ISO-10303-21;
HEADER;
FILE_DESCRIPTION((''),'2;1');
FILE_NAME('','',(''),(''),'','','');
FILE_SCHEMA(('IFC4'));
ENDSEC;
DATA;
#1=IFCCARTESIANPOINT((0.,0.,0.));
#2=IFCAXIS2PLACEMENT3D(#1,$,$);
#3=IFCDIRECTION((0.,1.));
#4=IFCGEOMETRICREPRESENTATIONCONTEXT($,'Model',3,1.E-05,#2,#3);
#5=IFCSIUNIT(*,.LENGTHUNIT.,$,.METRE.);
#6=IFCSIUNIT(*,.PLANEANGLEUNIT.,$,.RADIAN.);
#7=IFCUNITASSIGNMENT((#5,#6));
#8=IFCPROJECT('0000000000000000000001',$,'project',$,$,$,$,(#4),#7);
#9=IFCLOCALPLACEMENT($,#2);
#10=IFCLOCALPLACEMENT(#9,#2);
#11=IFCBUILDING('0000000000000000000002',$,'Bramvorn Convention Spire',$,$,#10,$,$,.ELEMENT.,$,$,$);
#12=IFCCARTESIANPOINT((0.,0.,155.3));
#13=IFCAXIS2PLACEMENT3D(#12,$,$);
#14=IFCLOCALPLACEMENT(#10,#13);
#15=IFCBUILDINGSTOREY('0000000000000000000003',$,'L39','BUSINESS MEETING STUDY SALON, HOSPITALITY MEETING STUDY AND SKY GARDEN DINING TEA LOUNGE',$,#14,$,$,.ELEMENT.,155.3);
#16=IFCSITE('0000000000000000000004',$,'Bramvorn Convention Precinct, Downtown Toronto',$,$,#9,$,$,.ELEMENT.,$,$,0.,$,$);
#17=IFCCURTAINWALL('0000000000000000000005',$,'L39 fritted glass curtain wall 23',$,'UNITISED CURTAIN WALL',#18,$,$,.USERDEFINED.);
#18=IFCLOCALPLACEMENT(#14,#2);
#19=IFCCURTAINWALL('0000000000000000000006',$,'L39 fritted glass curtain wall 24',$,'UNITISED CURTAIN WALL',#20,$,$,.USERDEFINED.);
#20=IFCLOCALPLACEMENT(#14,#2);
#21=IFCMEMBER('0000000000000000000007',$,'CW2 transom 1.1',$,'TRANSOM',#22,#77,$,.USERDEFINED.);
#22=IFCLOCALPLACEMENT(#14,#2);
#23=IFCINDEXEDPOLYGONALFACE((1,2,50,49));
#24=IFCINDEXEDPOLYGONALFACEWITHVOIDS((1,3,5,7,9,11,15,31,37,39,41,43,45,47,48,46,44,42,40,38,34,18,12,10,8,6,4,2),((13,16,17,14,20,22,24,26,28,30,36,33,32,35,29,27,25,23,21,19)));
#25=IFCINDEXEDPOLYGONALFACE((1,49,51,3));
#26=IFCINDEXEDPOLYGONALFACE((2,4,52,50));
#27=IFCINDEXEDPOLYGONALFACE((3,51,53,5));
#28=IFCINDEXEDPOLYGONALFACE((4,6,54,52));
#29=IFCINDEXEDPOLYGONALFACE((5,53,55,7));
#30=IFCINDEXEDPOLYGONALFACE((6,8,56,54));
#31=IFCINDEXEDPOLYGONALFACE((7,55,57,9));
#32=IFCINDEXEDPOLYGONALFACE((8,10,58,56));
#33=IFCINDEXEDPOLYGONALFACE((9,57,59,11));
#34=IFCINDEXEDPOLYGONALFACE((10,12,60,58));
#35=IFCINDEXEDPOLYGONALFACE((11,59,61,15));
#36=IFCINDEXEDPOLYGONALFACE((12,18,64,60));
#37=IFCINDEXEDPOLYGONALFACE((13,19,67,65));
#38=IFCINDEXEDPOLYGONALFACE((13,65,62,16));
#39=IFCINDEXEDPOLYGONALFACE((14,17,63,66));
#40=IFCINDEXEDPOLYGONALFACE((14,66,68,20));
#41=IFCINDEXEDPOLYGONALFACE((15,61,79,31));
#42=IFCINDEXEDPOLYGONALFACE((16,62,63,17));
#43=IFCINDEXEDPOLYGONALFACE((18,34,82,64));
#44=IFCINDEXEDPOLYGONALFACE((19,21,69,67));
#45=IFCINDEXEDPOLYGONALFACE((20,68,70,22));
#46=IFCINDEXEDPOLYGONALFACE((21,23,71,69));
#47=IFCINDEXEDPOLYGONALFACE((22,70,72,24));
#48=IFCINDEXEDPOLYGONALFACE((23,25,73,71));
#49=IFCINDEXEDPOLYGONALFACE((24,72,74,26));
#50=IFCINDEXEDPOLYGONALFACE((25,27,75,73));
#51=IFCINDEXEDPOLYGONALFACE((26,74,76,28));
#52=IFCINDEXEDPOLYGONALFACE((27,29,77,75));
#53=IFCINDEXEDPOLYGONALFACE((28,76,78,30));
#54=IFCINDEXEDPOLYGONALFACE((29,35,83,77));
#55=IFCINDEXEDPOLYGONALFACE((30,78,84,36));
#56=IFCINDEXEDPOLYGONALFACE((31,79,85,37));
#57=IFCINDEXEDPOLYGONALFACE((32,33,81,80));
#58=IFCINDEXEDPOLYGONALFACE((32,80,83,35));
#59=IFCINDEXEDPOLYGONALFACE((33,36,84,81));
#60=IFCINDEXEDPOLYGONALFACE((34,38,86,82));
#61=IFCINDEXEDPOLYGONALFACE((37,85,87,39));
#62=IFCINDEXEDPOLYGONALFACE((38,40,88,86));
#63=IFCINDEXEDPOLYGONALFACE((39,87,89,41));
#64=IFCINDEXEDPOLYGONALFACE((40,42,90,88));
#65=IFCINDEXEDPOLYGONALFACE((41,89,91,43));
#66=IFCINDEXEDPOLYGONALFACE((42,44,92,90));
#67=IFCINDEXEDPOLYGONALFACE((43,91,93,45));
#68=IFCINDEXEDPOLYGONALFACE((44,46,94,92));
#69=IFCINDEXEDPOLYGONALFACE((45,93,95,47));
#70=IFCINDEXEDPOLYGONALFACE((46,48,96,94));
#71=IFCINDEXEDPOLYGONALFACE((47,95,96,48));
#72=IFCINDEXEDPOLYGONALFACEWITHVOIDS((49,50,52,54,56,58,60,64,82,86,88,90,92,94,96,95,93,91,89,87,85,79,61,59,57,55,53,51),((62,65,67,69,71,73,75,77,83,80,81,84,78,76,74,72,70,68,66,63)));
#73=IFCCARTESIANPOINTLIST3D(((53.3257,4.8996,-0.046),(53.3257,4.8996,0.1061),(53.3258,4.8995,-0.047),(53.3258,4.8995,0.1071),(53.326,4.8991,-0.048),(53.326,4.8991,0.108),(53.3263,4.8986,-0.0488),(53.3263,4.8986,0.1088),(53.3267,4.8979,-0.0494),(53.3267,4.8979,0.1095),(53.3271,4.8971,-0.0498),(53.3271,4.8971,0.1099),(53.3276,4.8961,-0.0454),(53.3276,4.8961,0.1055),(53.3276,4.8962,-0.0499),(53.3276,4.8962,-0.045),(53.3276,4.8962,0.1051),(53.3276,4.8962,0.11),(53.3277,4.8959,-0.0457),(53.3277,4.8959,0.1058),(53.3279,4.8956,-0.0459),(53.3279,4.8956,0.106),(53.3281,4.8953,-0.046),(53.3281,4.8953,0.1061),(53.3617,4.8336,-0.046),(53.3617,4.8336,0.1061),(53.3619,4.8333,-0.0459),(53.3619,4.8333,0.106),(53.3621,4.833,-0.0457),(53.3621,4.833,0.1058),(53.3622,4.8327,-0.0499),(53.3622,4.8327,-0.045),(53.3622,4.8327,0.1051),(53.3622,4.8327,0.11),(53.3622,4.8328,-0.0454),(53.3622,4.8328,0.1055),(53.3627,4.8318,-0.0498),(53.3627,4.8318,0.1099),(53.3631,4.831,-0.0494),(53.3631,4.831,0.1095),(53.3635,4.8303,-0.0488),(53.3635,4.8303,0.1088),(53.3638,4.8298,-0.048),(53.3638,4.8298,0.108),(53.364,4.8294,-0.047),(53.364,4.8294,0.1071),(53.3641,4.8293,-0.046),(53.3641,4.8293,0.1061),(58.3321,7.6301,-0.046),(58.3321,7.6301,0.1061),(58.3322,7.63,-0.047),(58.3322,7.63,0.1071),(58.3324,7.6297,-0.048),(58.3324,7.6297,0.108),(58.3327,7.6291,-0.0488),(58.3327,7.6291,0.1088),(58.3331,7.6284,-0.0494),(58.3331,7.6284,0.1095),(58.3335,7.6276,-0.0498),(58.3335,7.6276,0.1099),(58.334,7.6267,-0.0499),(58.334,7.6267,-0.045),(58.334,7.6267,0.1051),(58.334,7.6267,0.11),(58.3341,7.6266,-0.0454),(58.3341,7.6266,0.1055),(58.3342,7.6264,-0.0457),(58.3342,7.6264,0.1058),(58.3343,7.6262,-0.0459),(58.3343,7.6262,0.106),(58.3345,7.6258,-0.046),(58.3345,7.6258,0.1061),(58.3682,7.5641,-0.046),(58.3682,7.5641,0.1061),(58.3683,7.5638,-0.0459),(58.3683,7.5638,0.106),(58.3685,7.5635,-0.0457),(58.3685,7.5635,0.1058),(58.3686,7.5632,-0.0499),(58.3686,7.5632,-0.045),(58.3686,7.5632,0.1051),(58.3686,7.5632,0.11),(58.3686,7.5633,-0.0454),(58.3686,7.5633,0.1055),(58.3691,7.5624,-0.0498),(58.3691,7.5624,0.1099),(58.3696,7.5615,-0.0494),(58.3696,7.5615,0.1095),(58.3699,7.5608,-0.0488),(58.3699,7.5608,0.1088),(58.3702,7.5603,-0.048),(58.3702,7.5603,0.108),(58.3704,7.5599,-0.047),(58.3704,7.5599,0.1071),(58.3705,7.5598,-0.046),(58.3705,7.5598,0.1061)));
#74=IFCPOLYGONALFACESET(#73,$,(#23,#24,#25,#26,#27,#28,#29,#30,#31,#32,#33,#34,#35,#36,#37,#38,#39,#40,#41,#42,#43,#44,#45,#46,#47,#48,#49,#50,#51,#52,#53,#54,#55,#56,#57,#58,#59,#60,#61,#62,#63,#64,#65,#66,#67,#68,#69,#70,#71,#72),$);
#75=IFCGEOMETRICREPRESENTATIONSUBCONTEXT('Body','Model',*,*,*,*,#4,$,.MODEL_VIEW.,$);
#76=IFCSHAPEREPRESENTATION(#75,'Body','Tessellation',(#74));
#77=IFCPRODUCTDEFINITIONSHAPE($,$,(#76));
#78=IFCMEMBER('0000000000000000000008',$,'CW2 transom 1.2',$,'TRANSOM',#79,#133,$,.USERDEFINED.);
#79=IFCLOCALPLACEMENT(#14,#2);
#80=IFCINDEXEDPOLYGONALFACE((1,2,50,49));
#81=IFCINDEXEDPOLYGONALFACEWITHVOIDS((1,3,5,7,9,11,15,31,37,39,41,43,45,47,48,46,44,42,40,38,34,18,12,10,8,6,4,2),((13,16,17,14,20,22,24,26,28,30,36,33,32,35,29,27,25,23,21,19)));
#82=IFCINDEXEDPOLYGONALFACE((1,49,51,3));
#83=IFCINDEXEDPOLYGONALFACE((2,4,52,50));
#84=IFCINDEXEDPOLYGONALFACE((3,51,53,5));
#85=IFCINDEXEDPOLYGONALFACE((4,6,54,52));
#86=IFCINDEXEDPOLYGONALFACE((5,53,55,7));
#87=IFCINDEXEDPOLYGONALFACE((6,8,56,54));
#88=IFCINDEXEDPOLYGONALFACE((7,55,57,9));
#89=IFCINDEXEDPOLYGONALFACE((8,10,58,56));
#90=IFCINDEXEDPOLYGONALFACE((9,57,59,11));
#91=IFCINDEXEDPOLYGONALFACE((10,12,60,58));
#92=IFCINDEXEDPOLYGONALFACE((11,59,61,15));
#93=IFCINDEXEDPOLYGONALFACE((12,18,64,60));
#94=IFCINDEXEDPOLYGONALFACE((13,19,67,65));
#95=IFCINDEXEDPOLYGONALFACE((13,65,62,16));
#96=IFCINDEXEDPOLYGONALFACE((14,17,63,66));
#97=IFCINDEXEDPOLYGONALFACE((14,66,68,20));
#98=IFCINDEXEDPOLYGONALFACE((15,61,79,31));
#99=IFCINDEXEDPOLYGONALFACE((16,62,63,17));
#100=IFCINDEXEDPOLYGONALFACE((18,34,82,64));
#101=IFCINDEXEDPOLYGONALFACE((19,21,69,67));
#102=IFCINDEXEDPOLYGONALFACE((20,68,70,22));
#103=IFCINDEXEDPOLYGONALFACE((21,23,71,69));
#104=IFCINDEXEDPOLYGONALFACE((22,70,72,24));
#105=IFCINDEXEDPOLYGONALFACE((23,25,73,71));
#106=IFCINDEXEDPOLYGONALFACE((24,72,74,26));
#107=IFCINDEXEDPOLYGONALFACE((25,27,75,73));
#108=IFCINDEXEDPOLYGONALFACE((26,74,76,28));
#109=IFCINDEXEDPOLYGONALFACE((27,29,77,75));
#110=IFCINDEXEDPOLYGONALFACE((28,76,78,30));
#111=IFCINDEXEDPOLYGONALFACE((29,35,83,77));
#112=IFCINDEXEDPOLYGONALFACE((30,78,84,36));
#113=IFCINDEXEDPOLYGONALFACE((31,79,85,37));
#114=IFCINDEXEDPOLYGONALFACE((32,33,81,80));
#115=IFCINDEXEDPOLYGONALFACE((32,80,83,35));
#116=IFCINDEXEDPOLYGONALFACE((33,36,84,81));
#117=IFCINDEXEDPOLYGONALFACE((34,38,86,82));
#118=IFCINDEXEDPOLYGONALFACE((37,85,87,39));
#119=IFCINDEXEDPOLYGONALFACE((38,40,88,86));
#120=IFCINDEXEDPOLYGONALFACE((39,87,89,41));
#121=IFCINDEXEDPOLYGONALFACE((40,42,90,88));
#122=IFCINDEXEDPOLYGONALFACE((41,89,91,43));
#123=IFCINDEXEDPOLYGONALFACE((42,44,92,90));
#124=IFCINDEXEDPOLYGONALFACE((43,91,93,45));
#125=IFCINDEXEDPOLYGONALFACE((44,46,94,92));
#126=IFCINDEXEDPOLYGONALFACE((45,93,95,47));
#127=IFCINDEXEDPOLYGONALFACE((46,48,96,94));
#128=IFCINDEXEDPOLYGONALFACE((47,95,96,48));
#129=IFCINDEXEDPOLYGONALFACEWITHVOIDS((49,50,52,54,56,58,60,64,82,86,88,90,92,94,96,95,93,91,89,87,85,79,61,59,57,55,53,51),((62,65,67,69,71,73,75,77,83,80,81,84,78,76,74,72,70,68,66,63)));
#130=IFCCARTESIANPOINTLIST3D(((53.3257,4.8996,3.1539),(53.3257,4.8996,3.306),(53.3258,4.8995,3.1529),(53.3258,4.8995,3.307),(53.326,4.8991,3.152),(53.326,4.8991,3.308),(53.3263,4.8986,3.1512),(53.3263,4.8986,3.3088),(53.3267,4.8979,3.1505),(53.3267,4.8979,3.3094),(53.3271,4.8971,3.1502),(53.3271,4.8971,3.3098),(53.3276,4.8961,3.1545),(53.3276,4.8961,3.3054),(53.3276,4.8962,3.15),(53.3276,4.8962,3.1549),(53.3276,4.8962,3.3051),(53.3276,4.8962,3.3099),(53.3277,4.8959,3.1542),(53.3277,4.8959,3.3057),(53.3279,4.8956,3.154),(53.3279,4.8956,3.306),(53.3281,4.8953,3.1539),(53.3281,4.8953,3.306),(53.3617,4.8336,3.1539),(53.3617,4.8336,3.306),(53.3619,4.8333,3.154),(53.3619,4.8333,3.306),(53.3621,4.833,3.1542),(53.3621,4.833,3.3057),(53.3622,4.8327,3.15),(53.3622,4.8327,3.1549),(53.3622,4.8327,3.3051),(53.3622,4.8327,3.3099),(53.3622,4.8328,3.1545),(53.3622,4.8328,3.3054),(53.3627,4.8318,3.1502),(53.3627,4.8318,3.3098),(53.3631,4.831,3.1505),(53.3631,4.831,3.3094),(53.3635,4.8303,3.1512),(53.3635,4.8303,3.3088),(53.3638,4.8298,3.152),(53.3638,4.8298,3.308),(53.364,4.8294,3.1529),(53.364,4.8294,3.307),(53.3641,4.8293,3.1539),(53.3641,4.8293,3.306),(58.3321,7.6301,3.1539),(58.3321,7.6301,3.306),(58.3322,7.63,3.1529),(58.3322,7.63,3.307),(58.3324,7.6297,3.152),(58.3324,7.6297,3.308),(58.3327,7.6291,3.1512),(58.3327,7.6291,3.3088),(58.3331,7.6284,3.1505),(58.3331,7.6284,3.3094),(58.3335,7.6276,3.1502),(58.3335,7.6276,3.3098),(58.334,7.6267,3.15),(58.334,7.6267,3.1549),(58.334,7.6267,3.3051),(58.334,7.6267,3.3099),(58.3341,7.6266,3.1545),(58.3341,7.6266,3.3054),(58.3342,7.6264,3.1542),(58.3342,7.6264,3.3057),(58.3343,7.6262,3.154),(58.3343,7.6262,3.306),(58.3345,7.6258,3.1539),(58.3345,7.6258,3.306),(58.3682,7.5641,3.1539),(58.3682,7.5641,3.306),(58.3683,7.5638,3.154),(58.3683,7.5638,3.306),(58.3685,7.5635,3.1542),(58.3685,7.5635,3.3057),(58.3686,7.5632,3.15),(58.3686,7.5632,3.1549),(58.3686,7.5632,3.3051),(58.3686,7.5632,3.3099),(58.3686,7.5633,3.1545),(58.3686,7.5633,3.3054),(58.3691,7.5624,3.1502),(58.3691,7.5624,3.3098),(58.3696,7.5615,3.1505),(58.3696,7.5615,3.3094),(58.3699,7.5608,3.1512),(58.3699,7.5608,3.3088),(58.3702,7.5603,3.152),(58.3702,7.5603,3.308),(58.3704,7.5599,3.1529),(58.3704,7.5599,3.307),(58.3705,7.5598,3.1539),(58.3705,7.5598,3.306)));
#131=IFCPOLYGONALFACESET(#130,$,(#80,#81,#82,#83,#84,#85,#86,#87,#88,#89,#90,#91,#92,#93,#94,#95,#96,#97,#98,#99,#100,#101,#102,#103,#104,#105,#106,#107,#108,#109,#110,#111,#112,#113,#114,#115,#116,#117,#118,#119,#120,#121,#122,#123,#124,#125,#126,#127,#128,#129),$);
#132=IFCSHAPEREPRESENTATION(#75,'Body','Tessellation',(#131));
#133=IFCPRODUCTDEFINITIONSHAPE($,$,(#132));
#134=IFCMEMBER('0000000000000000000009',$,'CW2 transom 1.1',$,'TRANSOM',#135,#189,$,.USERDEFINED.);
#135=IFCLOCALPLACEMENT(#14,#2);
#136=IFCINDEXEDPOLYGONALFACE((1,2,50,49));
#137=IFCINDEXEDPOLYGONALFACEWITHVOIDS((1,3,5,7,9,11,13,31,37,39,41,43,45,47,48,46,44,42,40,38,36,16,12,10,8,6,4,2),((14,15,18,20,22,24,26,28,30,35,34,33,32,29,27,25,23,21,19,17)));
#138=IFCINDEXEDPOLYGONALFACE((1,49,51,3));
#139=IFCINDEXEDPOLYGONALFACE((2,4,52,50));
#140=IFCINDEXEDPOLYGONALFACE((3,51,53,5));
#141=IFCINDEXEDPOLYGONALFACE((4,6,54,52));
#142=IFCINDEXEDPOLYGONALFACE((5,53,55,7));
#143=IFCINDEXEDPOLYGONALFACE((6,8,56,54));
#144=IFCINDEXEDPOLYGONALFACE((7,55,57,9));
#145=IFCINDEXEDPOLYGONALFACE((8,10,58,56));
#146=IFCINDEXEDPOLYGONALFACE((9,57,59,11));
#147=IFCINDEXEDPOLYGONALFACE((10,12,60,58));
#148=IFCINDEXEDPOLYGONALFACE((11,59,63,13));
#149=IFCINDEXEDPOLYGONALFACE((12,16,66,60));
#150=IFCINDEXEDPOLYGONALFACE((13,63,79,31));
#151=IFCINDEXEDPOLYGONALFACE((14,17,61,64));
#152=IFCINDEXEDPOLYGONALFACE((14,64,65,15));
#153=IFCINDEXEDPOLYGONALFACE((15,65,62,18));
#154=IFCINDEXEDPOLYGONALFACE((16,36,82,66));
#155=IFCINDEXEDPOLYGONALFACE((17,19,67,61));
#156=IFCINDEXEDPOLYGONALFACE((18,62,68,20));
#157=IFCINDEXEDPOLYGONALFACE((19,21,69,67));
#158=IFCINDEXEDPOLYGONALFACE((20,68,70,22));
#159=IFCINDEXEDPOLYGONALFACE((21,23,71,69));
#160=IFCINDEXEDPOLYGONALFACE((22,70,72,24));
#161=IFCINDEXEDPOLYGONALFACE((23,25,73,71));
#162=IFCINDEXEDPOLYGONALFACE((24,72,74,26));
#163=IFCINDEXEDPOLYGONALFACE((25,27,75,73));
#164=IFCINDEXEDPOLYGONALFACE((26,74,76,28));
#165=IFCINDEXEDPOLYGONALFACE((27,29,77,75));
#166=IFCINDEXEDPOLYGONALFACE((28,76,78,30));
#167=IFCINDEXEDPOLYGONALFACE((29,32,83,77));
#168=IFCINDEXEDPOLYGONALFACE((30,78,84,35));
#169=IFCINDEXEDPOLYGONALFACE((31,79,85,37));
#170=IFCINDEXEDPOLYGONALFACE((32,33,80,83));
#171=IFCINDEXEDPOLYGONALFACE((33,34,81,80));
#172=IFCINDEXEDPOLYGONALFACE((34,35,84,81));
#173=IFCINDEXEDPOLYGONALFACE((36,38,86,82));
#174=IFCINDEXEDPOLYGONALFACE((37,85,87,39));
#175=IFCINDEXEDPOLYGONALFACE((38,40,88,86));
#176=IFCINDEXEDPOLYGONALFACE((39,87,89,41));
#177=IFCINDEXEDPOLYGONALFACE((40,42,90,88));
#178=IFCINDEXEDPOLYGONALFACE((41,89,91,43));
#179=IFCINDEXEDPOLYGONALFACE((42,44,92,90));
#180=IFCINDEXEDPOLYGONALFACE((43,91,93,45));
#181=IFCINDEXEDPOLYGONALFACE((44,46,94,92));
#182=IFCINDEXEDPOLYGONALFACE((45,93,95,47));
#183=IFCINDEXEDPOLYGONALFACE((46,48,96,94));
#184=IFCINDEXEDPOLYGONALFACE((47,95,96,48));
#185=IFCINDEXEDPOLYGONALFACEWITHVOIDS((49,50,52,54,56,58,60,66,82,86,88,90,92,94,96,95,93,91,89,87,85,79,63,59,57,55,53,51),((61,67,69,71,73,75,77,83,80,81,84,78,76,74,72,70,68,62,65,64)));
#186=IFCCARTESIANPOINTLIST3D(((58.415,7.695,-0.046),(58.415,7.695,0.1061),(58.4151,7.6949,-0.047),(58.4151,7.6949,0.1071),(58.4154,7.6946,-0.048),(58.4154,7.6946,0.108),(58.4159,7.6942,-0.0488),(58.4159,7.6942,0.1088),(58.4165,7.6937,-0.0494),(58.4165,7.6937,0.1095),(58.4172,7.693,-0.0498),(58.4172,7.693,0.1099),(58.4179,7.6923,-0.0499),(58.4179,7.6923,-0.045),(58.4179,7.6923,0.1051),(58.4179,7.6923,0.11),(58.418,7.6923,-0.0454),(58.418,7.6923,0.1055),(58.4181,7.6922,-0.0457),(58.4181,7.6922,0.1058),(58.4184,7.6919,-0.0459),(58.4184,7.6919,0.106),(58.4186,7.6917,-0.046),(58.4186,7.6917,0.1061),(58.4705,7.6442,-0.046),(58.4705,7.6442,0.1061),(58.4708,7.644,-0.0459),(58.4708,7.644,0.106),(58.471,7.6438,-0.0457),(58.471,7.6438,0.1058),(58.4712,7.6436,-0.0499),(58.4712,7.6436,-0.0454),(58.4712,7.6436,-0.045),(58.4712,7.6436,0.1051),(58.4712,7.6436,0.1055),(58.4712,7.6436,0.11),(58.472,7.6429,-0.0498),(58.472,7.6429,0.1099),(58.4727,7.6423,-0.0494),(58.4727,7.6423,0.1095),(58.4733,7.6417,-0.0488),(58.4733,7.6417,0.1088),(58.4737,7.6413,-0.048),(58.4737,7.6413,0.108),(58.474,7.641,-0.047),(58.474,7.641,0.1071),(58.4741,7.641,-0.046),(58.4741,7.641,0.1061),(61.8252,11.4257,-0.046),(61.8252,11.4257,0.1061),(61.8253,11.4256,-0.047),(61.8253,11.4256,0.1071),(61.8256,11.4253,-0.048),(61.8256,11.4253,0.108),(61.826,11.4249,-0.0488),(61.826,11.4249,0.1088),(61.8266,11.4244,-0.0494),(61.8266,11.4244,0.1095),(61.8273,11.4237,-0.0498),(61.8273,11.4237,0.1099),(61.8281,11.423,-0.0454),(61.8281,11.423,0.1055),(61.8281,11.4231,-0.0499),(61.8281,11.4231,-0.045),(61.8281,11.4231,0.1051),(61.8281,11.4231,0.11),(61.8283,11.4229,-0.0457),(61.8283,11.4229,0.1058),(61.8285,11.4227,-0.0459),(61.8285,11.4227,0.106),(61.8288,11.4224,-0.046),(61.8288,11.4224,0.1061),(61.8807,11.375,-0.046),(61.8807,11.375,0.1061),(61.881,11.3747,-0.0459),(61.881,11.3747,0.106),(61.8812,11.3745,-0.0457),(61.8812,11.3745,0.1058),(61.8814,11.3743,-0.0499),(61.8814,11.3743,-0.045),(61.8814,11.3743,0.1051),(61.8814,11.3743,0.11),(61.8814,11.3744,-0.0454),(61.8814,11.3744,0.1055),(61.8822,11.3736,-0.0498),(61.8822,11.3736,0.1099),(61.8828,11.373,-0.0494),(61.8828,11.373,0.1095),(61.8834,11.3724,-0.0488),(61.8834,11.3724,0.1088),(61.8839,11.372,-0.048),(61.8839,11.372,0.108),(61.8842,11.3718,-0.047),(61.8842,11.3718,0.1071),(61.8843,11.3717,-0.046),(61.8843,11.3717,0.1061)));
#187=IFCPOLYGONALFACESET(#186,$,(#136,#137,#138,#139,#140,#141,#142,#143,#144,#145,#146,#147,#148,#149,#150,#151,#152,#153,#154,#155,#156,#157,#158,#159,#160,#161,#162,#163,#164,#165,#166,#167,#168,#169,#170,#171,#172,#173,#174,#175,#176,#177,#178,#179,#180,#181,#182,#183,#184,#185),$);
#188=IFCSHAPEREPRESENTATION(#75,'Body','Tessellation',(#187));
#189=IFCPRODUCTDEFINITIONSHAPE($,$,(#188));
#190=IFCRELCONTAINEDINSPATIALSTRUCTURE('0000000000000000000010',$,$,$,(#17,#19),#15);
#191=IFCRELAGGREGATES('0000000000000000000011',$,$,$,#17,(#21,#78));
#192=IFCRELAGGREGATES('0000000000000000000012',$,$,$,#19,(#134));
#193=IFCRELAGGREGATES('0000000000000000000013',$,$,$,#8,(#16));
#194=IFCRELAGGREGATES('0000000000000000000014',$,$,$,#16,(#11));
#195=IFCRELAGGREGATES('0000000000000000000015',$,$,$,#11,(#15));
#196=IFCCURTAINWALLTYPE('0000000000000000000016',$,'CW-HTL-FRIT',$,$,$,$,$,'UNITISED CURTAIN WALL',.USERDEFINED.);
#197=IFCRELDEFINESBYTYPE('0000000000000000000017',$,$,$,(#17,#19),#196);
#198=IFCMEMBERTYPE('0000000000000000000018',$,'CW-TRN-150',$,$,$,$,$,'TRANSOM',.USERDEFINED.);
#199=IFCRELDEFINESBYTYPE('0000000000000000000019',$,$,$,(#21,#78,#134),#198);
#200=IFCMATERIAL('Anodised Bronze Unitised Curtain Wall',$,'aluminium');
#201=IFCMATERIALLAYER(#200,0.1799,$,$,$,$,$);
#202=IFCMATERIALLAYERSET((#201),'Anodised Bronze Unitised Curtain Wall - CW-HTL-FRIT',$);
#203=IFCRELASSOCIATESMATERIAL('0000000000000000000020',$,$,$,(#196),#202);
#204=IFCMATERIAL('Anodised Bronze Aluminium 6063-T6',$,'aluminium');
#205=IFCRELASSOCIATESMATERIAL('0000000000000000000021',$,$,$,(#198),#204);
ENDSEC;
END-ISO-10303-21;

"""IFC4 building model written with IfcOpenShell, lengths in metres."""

from ifc_helpers import new_model, si_unit, direction, frame, origin, origin_2d, place, context, subcontext, project, spatial, hollow_rectangle, extrude, material, layer, layer_set, material_profile, profile_set, type_object, element, aggregate, save


model = new_model("IFC4")

# Units and contexts
model_context = context("Model", 3, precision=1e-05, world=origin(), true_north=direction((0.0, 1.0)))
body_context = subcontext(model_context, "Body", "Model", "MODEL_VIEW")
ifc_project = project(units=[si_unit("LENGTHUNIT", "METRE"), si_unit("PLANEANGLEUNIT", "RADIAN")], contexts=[model_context])

# Site, building, storey
site_placement = place(None, origin())
site = spatial("IfcSite", under=ifc_project, at=site_placement, Name="Bramvorn Convention Precinct, Downtown Toronto", CompositionType="ELEMENT", RefElevation=0.0)
building_placement = place(site_placement, origin())
building = spatial("IfcBuilding", under=site, at=building_placement, Name="Bramvorn Convention Spire", CompositionType="ELEMENT")
storey_placement = place(building_placement, frame((0.0, 0.0, 155.3)))
storey = spatial("IfcBuildingStorey", under=building, at=storey_placement, Name="L39", Description="BUSINESS MEETING STUDY SALON, HOSPITALITY MEETING STUDY AND SKY GARDEN DINING TEA LOUNGE", CompositionType="ELEMENT", Elevation=155.3)

# Curtain walls
ifc_material_1 = material(Name="Anodised Bronze Unitised Curtain Wall", Category="aluminium")
ifc_layer_1 = layer(ifc_material_1, 0.1799)
ifc_layer_set_1 = layer_set([ifc_layer_1], Name="Anodised Bronze Unitised Curtain Wall - CW-HTL-FRIT")
curtain_wall_type = type_object("IfcCurtainWallType", Name="CW-HTL-FRIT", ElementType="UNITISED CURTAIN WALL", PredefinedType="USERDEFINED", material=ifc_layer_set_1)
curtain_wall_1_placement = place(storey_placement, origin())
curtain_wall_1 = element("IfcCurtainWall", 1, at=curtain_wall_1_placement, inside=storey, type_object=curtain_wall_type, Name="L39 fritted glass curtain wall 23", ObjectType="UNITISED CURTAIN WALL", PredefinedType="USERDEFINED")
ifc_material_2 = material(Name="Anodised Bronze Aluminium 6063-T6", Category="aluminium")
curtain_wall_2_placement = place(storey_placement, origin())
curtain_wall_2 = element("IfcCurtainWall", 2, at=curtain_wall_2_placement, inside=storey, type_object=curtain_wall_type, Name="L39 fritted glass curtain wall 24", ObjectType="UNITISED CURTAIN WALL", PredefinedType="USERDEFINED")

# Members
ifc_material_profile_1 = material_profile(ifc_material_2, hollow_rectangle(XDim=0.0801, YDim=0.1599, WallThickness=0.0039, InnerFilletRadius=0.001, OuterFilletRadius=0.0039, at=origin_2d()))
ifc_profile_set_1 = profile_set([ifc_material_profile_1], Name="Anodised Bronze Aluminium 6063-T6 - CWT80X160")
member_type_1 = type_object("IfcMemberType", Name="CW-TRN-150", ElementType="TRANSOM", PredefinedType="USERDEFINED", material=ifc_profile_set_1)
member_1_placement = place(storey_placement, frame((58.3513, 7.595, 0.03), z_axis=(-0.877915, -0.478816, 0.0), x_axis=(0.478816, -0.877915, 0.0)))
member_1 = element("IfcMember", 3, at=member_1_placement, type_object=member_type_1, Name="CW2 transom 1.1", ObjectType="TRANSOM", PredefinedType="USERDEFINED", context=body_context, shape_type="SweptSolid", body=[
    extrude(hollow_rectangle(XDim=0.0801, YDim=0.1599, WallThickness=0.0039, InnerFilletRadius=0.001, OuterFilletRadius=0.0039, at=origin_2d()), origin(), (0.0, 0.0, 1.0), 5.7026),
])
member_2_placement = place(storey_placement, frame((58.3513, 7.595, 3.23), z_axis=(-0.877915, -0.478816, 0.0), x_axis=(0.478816, -0.877915, 0.0)))
member_2 = element("IfcMember", 4, at=member_2_placement, type_object=member_type_1, Name="CW2 transom 1.2", ObjectType="TRANSOM", PredefinedType="USERDEFINED", context=body_context, shape_type="SweptSolid", body=[
    extrude(hollow_rectangle(XDim=0.0801, YDim=0.1599, WallThickness=0.0039, InnerFilletRadius=0.001, OuterFilletRadius=0.0039, at=origin_2d()), origin(), (0.0, 0.0, 1.0), 5.7026),
])
member_3_placement = place(storey_placement, frame((61.8547, 11.3987, 0.03), z_axis=(-0.674685, -0.738106, 0.0), x_axis=(0.738106, -0.674685, 0.0)))
member_3 = element("IfcMember", 5, at=member_3_placement, type_object=member_type_1, Name="CW2 transom 1.1", ObjectType="TRANSOM", PredefinedType="USERDEFINED", context=body_context, shape_type="SweptSolid", body=[
    extrude(hollow_rectangle(XDim=0.0801, YDim=0.1599, WallThickness=0.0039, InnerFilletRadius=0.001, OuterFilletRadius=0.0039, at=origin_2d()), origin(), (0.0, 0.0, 1.0), 5.0544),
])

aggregate(curtain_wall_1, [member_1, member_2])
aggregate(curtain_wall_2, [member_3])

save(model, "model.ifc")
